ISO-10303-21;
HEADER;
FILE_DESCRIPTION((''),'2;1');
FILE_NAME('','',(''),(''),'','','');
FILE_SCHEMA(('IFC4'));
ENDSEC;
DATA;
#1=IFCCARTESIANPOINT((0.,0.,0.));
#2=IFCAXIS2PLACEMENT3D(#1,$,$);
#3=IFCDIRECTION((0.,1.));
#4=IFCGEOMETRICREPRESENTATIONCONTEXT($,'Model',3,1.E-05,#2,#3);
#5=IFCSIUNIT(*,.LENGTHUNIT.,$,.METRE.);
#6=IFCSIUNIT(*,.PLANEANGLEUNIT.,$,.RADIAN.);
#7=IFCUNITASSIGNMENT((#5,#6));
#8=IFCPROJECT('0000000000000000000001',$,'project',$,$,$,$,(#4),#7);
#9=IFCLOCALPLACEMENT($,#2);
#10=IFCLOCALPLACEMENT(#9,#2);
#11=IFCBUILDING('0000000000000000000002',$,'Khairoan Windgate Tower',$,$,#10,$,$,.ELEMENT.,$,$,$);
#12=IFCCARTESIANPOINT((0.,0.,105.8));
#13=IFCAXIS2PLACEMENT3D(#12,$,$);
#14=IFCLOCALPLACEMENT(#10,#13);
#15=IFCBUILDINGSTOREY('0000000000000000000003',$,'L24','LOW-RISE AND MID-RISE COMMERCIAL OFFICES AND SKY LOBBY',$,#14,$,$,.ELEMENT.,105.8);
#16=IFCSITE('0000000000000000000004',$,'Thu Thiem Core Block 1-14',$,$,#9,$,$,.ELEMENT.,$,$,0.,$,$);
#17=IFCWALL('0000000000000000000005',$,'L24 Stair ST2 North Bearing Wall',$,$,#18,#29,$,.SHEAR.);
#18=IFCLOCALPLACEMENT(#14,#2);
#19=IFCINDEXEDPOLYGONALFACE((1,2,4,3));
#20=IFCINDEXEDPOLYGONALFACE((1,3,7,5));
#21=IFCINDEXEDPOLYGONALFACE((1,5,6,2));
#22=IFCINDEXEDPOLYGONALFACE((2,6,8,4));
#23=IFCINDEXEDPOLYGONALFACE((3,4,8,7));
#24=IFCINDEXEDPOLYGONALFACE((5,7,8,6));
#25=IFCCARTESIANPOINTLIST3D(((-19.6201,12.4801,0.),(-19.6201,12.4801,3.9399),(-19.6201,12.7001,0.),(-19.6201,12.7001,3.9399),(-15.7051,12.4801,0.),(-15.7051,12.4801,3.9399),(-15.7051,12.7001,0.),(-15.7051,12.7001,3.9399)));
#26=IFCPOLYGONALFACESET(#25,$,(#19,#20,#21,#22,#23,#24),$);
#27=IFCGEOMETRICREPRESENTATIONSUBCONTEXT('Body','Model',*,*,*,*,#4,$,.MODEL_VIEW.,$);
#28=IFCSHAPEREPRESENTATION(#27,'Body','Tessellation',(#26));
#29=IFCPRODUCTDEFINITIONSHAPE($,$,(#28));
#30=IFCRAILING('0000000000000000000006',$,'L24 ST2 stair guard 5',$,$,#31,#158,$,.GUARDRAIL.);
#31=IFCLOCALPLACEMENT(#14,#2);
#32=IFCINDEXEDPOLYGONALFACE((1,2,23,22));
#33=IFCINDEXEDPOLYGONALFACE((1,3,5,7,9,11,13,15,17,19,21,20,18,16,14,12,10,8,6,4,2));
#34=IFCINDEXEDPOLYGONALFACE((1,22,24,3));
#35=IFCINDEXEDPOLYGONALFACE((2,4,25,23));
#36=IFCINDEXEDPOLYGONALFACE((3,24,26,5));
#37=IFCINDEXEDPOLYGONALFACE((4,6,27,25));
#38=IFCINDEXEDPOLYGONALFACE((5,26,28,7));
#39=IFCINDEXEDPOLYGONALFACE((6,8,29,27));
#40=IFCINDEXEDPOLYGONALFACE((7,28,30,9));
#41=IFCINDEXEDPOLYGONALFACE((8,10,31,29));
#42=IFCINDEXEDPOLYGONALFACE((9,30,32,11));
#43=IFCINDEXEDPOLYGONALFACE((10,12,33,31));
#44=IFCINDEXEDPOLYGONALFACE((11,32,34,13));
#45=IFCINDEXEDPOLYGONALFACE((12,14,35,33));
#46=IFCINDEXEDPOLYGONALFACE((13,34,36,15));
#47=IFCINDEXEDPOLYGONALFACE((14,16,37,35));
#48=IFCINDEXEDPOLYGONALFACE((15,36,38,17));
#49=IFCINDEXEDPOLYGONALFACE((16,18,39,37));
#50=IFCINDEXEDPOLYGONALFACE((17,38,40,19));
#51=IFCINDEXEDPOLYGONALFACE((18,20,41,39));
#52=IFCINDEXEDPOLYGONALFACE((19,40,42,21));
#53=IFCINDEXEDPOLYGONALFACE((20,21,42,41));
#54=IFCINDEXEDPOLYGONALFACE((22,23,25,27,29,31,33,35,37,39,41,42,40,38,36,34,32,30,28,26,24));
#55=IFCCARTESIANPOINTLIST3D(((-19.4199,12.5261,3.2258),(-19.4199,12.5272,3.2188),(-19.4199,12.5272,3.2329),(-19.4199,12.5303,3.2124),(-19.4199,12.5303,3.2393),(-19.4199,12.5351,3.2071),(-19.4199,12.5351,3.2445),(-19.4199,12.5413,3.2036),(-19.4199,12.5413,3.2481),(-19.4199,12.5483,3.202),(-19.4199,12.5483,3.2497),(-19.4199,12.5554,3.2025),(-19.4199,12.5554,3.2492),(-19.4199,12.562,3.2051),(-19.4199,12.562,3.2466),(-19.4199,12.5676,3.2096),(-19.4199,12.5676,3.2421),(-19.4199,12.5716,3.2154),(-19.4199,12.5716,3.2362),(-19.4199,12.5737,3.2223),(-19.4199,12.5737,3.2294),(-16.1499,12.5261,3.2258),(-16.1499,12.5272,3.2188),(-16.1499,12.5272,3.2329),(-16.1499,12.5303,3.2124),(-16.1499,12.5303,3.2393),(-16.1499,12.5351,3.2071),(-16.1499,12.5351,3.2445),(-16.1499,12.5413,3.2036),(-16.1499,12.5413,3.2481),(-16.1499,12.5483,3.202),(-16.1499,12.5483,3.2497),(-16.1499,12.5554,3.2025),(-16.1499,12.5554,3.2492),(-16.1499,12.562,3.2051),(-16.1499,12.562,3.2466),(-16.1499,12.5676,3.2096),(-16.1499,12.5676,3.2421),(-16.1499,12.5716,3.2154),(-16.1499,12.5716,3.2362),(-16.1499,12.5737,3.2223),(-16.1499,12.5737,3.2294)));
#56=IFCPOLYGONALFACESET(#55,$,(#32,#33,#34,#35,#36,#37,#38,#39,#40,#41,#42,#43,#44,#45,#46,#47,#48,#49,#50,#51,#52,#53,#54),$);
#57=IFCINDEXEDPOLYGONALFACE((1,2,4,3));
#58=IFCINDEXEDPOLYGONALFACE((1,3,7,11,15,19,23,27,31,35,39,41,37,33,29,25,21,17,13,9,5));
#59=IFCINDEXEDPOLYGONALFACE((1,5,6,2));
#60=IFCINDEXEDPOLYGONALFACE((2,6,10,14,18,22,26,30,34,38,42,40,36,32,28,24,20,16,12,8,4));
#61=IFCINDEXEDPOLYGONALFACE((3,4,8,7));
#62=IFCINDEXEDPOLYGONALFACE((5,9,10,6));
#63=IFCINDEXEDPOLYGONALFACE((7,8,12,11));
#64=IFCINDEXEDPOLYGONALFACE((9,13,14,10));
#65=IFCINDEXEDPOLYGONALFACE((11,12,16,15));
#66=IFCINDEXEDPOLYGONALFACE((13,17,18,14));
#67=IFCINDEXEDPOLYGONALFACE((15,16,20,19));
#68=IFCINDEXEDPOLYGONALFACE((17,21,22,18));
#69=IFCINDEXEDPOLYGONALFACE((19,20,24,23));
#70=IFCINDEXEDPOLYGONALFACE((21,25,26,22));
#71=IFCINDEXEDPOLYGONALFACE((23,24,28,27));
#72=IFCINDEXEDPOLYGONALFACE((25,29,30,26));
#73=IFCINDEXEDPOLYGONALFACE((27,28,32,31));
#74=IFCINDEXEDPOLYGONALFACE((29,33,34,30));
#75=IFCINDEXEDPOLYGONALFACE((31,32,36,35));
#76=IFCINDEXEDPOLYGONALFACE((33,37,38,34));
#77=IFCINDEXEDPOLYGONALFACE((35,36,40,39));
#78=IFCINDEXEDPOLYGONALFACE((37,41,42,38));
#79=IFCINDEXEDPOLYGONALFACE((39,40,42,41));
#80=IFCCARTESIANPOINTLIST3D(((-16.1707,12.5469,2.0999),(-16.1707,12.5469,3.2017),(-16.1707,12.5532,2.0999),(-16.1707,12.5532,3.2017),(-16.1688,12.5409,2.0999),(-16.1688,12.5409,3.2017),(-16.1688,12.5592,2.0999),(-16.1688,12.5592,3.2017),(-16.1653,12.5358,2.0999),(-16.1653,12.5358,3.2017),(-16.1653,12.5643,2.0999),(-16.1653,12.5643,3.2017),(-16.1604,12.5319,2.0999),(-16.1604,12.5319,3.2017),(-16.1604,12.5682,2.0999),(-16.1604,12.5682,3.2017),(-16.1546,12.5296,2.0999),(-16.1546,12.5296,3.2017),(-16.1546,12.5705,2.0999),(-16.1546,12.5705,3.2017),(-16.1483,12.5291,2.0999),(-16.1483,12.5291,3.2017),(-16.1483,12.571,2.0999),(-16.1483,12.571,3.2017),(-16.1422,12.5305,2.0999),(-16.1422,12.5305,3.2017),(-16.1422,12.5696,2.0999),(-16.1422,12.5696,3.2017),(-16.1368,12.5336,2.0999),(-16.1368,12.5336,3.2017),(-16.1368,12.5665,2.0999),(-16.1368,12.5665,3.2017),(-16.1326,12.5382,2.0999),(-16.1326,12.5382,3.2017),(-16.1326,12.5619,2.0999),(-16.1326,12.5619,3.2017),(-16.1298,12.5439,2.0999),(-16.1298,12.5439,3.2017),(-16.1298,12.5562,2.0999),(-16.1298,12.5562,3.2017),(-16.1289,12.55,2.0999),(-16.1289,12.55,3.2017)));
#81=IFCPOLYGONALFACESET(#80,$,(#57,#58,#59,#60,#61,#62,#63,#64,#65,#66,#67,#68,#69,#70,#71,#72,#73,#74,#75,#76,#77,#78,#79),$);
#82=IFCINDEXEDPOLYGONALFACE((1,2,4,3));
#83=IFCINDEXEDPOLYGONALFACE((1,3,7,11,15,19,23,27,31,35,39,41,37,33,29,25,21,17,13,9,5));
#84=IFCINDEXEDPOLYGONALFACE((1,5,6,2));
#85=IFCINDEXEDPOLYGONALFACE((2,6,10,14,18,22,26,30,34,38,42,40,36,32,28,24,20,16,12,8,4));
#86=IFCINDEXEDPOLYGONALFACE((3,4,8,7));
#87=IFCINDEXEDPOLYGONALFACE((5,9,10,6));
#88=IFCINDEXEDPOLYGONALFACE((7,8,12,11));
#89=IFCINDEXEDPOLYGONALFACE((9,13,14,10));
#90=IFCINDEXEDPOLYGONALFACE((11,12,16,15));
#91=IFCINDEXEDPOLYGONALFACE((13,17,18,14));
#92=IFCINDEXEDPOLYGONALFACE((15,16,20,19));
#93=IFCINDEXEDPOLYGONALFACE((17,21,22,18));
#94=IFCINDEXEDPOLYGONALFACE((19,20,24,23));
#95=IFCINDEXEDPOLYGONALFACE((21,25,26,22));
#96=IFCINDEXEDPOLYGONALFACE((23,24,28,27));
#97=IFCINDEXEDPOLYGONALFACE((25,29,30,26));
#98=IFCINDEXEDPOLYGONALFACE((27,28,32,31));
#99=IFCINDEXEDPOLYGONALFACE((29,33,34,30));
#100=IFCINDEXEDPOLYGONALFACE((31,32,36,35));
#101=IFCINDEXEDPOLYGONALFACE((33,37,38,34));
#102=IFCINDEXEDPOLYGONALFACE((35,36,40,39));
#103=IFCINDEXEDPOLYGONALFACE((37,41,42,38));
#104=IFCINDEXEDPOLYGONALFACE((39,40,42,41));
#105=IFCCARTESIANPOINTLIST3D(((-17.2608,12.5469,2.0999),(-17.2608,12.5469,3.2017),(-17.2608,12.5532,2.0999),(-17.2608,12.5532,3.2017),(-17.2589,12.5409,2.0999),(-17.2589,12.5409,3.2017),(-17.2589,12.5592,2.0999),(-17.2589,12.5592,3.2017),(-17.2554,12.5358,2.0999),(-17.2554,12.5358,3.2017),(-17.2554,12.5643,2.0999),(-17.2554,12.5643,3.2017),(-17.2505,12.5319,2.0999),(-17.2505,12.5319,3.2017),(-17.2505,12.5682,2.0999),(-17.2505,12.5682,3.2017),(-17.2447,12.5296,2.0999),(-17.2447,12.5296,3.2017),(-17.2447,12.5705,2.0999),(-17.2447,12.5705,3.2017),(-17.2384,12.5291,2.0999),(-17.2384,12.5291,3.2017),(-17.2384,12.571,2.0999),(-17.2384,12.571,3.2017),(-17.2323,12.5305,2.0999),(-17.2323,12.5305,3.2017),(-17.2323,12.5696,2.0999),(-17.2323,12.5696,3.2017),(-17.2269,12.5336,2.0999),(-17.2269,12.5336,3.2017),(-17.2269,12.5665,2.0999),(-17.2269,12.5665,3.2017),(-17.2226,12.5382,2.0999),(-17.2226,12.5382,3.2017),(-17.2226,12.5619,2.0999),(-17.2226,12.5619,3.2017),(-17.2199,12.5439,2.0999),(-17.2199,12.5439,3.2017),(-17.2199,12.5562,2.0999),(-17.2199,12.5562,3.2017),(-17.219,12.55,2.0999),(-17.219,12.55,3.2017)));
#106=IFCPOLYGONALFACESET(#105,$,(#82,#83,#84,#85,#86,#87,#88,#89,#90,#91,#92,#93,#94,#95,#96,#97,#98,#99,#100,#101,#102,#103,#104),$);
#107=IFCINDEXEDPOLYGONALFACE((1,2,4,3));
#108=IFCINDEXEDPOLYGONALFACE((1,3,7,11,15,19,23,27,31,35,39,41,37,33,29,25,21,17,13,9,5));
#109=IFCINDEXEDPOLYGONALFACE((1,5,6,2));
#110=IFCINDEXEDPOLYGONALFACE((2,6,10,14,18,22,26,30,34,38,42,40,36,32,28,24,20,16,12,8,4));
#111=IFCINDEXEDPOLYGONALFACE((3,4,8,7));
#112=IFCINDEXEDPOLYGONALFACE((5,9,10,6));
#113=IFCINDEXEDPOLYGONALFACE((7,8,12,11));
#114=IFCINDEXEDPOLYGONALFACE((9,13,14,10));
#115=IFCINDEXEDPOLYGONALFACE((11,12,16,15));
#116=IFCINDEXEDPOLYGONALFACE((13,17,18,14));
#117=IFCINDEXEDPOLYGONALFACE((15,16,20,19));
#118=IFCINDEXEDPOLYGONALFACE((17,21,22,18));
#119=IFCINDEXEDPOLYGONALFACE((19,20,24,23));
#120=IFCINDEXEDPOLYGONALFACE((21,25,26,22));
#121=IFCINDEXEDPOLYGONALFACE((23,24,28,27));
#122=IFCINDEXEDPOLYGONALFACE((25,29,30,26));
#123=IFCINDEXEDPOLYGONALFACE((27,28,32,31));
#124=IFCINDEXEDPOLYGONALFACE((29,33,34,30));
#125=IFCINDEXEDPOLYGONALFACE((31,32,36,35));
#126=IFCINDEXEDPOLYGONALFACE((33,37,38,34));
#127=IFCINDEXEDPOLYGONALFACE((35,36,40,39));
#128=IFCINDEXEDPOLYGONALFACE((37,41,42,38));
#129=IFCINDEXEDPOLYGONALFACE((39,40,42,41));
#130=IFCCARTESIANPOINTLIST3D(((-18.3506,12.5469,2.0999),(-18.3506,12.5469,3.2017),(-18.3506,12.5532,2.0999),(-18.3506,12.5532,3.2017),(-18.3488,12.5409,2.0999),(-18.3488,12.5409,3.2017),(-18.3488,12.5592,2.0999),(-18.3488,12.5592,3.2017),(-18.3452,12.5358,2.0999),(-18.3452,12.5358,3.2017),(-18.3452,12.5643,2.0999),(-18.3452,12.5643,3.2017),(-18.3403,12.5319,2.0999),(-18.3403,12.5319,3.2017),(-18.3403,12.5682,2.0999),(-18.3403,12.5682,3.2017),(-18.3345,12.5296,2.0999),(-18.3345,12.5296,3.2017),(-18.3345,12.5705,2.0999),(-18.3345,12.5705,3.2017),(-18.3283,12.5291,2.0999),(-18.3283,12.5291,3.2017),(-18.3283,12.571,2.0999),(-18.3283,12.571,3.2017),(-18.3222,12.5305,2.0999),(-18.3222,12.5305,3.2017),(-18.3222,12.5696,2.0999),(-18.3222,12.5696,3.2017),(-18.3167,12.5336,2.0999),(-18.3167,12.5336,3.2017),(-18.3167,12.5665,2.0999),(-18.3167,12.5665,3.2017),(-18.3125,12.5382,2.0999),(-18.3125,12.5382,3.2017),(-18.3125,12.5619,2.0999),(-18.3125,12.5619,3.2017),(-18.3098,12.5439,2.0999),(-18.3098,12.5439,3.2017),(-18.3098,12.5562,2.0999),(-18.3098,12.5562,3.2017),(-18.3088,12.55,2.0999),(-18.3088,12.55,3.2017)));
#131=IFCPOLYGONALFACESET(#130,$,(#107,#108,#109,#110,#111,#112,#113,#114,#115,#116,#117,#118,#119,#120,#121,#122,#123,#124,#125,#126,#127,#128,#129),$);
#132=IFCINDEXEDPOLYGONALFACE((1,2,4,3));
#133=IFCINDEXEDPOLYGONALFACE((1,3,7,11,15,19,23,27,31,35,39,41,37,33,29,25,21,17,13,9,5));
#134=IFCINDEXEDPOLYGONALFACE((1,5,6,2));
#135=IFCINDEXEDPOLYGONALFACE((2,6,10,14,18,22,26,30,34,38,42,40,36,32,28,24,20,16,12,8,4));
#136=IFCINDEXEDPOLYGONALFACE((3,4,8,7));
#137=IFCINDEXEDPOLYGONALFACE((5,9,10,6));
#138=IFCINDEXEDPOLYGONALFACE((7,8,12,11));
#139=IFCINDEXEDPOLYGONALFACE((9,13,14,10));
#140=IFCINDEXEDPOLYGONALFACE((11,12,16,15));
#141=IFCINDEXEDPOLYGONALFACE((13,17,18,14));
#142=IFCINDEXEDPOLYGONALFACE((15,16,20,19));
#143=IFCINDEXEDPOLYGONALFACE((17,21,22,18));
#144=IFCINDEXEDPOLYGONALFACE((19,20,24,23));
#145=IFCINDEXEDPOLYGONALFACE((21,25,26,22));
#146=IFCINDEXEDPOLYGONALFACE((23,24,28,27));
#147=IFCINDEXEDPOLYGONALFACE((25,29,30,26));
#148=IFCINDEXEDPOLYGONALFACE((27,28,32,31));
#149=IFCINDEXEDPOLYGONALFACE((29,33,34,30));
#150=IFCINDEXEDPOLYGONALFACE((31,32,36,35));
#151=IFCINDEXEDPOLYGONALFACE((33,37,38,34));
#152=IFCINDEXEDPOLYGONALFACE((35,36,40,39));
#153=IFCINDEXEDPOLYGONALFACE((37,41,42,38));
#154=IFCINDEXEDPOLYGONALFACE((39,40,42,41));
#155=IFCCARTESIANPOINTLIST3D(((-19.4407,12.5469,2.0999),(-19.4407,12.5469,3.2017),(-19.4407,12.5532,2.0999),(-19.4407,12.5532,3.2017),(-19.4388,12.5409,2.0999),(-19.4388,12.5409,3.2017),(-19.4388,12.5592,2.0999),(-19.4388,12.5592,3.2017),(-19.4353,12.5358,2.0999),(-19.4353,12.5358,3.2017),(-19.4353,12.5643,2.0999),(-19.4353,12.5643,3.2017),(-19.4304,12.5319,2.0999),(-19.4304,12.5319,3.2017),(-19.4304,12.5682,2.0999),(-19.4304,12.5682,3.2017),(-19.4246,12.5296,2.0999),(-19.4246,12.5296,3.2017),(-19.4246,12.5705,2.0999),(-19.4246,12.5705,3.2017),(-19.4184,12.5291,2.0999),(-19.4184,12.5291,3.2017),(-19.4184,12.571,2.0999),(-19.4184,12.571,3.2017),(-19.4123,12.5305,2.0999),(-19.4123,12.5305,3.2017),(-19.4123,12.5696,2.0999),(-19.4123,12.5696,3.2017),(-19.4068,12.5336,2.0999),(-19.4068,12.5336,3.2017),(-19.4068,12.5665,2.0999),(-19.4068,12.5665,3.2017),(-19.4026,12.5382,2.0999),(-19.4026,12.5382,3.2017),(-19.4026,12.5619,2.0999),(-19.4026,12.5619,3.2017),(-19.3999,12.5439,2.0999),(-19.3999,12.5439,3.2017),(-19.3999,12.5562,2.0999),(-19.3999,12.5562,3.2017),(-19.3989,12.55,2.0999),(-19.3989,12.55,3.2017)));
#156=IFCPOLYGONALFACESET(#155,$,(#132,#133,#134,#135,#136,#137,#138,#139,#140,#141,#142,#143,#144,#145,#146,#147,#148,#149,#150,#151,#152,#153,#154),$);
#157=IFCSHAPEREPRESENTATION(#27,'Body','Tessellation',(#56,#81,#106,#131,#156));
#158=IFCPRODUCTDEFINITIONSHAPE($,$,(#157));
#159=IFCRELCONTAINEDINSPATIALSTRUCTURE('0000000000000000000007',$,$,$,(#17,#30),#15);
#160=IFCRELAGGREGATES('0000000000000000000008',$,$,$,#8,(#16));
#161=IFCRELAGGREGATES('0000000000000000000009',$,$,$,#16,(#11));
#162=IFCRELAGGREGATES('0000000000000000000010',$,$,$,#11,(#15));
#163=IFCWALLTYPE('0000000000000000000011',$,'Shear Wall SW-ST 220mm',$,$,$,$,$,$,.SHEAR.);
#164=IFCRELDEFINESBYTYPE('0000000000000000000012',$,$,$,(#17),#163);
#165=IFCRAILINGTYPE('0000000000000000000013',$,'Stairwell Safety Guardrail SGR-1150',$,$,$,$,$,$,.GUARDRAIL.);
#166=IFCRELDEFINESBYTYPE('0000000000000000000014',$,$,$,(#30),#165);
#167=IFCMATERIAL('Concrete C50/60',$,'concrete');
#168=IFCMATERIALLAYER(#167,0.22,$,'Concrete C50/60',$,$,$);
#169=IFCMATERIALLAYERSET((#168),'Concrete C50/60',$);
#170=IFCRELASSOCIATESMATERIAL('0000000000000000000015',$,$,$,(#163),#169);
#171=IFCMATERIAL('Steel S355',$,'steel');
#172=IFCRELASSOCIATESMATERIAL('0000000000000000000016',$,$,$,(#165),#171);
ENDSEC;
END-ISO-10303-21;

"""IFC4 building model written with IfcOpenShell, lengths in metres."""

from ifc_helpers import new_model, si_unit, direction, frame, frame_2d, origin, origin_2d, place, context, subcontext, project, spatial, rectangle, circle, extrude, material, layer, layer_set, type_object, element, save


model = new_model("IFC4")

# Units and contexts
model_context = context("Model", 3, precision=1e-05, world=origin(), true_north=direction((0.0, 1.0)))
body_context = subcontext(model_context, "Body", "Model", "MODEL_VIEW")
ifc_project = project(units=[si_unit("LENGTHUNIT", "METRE"), si_unit("PLANEANGLEUNIT", "RADIAN")], contexts=[model_context])

# Site, building, storey
site_placement = place(None, origin())
site = spatial("IfcSite", under=ifc_project, at=site_placement, Name="Thu Thiem Core Block 1-14", CompositionType="ELEMENT", RefElevation=0.0)
building_placement = place(site_placement, origin())
building = spatial("IfcBuilding", under=site, at=building_placement, Name="Khairoan Windgate Tower", CompositionType="ELEMENT")
storey_placement = place(building_placement, frame((0.0, 0.0, 105.8)))
storey = spatial("IfcBuildingStorey", under=building, at=storey_placement, Name="L24", Description="LOW-RISE AND MID-RISE COMMERCIAL OFFICES AND SKY LOBBY", CompositionType="ELEMENT", Elevation=105.8)

# Wall
ifc_material_1 = material(Name="Concrete C50/60", Category="concrete")
ifc_layer_1 = layer(ifc_material_1, 0.22, Name="Concrete C50/60")
ifc_layer_set_1 = layer_set([ifc_layer_1], Name="Concrete C50/60")
wall_type_1 = type_object("IfcWallType", Name="Shear Wall SW-ST 220mm", PredefinedType="SHEAR", material=ifc_layer_set_1)
wall_1_placement = place(storey_placement, frame((-19.6201, 12.5901, 0.0), z_axis=(0.0, 0.0, 1.0), x_axis=(1.0, 0.0, 0.0)))
element("IfcWall", 1, at=wall_1_placement, inside=storey, type_object=wall_type_1, Name="L24 Stair ST2 North Bearing Wall", PredefinedType="SHEAR", context=body_context, shape_type="SweptSolid", body=[
    extrude(rectangle(XDim=3.915, YDim=0.22, at=frame_2d((1.9575, 0.0))), origin(), (0.0, 0.0, 1.0), 3.9399),
])

# Railing
ifc_material_2 = material(Name="Steel S355", Category="steel")
railing_type = type_object("IfcRailingType", Name="Stairwell Safety Guardrail SGR-1150", PredefinedType="GUARDRAIL", material=ifc_material_2)
railing_1_placement = place(storey_placement, frame((-16.1499, 12.55, 2.0999)))
element("IfcRailing", 2, at=railing_1_placement, inside=storey, type_object=railing_type, Name="L24 ST2 stair guard 5", PredefinedType="GUARDRAIL", context=body_context, shape_type="SweptSolid", body=[
    extrude(circle(Radius=0.0239, at=origin_2d()), frame((0.0, 0.0, 1.126), z_axis=(-1.0, 0.0, 0.0), x_axis=(0.0, -1.0, 0.0)), (0.0, 0.0, 1.0), 3.27),
    extrude(circle(Radius=0.021, at=origin_2d()), origin(), (0.0, 0.0, 1.0), 1.1018),
    extrude(circle(Radius=0.021, at=origin_2d()), frame((-1.0901, 0.0, 0.0)), (0.0, 0.0, 1.0), 1.1018),
    extrude(circle(Radius=0.021, at=origin_2d()), frame((-2.1799, 0.0, 0.0)), (0.0, 0.0, 1.0), 1.1018),
    extrude(circle(Radius=0.021, at=origin_2d()), frame((-3.27, 0.0, 0.0)), (0.0, 0.0, 1.0), 1.1018),
])

save(model, "model.ifc")
